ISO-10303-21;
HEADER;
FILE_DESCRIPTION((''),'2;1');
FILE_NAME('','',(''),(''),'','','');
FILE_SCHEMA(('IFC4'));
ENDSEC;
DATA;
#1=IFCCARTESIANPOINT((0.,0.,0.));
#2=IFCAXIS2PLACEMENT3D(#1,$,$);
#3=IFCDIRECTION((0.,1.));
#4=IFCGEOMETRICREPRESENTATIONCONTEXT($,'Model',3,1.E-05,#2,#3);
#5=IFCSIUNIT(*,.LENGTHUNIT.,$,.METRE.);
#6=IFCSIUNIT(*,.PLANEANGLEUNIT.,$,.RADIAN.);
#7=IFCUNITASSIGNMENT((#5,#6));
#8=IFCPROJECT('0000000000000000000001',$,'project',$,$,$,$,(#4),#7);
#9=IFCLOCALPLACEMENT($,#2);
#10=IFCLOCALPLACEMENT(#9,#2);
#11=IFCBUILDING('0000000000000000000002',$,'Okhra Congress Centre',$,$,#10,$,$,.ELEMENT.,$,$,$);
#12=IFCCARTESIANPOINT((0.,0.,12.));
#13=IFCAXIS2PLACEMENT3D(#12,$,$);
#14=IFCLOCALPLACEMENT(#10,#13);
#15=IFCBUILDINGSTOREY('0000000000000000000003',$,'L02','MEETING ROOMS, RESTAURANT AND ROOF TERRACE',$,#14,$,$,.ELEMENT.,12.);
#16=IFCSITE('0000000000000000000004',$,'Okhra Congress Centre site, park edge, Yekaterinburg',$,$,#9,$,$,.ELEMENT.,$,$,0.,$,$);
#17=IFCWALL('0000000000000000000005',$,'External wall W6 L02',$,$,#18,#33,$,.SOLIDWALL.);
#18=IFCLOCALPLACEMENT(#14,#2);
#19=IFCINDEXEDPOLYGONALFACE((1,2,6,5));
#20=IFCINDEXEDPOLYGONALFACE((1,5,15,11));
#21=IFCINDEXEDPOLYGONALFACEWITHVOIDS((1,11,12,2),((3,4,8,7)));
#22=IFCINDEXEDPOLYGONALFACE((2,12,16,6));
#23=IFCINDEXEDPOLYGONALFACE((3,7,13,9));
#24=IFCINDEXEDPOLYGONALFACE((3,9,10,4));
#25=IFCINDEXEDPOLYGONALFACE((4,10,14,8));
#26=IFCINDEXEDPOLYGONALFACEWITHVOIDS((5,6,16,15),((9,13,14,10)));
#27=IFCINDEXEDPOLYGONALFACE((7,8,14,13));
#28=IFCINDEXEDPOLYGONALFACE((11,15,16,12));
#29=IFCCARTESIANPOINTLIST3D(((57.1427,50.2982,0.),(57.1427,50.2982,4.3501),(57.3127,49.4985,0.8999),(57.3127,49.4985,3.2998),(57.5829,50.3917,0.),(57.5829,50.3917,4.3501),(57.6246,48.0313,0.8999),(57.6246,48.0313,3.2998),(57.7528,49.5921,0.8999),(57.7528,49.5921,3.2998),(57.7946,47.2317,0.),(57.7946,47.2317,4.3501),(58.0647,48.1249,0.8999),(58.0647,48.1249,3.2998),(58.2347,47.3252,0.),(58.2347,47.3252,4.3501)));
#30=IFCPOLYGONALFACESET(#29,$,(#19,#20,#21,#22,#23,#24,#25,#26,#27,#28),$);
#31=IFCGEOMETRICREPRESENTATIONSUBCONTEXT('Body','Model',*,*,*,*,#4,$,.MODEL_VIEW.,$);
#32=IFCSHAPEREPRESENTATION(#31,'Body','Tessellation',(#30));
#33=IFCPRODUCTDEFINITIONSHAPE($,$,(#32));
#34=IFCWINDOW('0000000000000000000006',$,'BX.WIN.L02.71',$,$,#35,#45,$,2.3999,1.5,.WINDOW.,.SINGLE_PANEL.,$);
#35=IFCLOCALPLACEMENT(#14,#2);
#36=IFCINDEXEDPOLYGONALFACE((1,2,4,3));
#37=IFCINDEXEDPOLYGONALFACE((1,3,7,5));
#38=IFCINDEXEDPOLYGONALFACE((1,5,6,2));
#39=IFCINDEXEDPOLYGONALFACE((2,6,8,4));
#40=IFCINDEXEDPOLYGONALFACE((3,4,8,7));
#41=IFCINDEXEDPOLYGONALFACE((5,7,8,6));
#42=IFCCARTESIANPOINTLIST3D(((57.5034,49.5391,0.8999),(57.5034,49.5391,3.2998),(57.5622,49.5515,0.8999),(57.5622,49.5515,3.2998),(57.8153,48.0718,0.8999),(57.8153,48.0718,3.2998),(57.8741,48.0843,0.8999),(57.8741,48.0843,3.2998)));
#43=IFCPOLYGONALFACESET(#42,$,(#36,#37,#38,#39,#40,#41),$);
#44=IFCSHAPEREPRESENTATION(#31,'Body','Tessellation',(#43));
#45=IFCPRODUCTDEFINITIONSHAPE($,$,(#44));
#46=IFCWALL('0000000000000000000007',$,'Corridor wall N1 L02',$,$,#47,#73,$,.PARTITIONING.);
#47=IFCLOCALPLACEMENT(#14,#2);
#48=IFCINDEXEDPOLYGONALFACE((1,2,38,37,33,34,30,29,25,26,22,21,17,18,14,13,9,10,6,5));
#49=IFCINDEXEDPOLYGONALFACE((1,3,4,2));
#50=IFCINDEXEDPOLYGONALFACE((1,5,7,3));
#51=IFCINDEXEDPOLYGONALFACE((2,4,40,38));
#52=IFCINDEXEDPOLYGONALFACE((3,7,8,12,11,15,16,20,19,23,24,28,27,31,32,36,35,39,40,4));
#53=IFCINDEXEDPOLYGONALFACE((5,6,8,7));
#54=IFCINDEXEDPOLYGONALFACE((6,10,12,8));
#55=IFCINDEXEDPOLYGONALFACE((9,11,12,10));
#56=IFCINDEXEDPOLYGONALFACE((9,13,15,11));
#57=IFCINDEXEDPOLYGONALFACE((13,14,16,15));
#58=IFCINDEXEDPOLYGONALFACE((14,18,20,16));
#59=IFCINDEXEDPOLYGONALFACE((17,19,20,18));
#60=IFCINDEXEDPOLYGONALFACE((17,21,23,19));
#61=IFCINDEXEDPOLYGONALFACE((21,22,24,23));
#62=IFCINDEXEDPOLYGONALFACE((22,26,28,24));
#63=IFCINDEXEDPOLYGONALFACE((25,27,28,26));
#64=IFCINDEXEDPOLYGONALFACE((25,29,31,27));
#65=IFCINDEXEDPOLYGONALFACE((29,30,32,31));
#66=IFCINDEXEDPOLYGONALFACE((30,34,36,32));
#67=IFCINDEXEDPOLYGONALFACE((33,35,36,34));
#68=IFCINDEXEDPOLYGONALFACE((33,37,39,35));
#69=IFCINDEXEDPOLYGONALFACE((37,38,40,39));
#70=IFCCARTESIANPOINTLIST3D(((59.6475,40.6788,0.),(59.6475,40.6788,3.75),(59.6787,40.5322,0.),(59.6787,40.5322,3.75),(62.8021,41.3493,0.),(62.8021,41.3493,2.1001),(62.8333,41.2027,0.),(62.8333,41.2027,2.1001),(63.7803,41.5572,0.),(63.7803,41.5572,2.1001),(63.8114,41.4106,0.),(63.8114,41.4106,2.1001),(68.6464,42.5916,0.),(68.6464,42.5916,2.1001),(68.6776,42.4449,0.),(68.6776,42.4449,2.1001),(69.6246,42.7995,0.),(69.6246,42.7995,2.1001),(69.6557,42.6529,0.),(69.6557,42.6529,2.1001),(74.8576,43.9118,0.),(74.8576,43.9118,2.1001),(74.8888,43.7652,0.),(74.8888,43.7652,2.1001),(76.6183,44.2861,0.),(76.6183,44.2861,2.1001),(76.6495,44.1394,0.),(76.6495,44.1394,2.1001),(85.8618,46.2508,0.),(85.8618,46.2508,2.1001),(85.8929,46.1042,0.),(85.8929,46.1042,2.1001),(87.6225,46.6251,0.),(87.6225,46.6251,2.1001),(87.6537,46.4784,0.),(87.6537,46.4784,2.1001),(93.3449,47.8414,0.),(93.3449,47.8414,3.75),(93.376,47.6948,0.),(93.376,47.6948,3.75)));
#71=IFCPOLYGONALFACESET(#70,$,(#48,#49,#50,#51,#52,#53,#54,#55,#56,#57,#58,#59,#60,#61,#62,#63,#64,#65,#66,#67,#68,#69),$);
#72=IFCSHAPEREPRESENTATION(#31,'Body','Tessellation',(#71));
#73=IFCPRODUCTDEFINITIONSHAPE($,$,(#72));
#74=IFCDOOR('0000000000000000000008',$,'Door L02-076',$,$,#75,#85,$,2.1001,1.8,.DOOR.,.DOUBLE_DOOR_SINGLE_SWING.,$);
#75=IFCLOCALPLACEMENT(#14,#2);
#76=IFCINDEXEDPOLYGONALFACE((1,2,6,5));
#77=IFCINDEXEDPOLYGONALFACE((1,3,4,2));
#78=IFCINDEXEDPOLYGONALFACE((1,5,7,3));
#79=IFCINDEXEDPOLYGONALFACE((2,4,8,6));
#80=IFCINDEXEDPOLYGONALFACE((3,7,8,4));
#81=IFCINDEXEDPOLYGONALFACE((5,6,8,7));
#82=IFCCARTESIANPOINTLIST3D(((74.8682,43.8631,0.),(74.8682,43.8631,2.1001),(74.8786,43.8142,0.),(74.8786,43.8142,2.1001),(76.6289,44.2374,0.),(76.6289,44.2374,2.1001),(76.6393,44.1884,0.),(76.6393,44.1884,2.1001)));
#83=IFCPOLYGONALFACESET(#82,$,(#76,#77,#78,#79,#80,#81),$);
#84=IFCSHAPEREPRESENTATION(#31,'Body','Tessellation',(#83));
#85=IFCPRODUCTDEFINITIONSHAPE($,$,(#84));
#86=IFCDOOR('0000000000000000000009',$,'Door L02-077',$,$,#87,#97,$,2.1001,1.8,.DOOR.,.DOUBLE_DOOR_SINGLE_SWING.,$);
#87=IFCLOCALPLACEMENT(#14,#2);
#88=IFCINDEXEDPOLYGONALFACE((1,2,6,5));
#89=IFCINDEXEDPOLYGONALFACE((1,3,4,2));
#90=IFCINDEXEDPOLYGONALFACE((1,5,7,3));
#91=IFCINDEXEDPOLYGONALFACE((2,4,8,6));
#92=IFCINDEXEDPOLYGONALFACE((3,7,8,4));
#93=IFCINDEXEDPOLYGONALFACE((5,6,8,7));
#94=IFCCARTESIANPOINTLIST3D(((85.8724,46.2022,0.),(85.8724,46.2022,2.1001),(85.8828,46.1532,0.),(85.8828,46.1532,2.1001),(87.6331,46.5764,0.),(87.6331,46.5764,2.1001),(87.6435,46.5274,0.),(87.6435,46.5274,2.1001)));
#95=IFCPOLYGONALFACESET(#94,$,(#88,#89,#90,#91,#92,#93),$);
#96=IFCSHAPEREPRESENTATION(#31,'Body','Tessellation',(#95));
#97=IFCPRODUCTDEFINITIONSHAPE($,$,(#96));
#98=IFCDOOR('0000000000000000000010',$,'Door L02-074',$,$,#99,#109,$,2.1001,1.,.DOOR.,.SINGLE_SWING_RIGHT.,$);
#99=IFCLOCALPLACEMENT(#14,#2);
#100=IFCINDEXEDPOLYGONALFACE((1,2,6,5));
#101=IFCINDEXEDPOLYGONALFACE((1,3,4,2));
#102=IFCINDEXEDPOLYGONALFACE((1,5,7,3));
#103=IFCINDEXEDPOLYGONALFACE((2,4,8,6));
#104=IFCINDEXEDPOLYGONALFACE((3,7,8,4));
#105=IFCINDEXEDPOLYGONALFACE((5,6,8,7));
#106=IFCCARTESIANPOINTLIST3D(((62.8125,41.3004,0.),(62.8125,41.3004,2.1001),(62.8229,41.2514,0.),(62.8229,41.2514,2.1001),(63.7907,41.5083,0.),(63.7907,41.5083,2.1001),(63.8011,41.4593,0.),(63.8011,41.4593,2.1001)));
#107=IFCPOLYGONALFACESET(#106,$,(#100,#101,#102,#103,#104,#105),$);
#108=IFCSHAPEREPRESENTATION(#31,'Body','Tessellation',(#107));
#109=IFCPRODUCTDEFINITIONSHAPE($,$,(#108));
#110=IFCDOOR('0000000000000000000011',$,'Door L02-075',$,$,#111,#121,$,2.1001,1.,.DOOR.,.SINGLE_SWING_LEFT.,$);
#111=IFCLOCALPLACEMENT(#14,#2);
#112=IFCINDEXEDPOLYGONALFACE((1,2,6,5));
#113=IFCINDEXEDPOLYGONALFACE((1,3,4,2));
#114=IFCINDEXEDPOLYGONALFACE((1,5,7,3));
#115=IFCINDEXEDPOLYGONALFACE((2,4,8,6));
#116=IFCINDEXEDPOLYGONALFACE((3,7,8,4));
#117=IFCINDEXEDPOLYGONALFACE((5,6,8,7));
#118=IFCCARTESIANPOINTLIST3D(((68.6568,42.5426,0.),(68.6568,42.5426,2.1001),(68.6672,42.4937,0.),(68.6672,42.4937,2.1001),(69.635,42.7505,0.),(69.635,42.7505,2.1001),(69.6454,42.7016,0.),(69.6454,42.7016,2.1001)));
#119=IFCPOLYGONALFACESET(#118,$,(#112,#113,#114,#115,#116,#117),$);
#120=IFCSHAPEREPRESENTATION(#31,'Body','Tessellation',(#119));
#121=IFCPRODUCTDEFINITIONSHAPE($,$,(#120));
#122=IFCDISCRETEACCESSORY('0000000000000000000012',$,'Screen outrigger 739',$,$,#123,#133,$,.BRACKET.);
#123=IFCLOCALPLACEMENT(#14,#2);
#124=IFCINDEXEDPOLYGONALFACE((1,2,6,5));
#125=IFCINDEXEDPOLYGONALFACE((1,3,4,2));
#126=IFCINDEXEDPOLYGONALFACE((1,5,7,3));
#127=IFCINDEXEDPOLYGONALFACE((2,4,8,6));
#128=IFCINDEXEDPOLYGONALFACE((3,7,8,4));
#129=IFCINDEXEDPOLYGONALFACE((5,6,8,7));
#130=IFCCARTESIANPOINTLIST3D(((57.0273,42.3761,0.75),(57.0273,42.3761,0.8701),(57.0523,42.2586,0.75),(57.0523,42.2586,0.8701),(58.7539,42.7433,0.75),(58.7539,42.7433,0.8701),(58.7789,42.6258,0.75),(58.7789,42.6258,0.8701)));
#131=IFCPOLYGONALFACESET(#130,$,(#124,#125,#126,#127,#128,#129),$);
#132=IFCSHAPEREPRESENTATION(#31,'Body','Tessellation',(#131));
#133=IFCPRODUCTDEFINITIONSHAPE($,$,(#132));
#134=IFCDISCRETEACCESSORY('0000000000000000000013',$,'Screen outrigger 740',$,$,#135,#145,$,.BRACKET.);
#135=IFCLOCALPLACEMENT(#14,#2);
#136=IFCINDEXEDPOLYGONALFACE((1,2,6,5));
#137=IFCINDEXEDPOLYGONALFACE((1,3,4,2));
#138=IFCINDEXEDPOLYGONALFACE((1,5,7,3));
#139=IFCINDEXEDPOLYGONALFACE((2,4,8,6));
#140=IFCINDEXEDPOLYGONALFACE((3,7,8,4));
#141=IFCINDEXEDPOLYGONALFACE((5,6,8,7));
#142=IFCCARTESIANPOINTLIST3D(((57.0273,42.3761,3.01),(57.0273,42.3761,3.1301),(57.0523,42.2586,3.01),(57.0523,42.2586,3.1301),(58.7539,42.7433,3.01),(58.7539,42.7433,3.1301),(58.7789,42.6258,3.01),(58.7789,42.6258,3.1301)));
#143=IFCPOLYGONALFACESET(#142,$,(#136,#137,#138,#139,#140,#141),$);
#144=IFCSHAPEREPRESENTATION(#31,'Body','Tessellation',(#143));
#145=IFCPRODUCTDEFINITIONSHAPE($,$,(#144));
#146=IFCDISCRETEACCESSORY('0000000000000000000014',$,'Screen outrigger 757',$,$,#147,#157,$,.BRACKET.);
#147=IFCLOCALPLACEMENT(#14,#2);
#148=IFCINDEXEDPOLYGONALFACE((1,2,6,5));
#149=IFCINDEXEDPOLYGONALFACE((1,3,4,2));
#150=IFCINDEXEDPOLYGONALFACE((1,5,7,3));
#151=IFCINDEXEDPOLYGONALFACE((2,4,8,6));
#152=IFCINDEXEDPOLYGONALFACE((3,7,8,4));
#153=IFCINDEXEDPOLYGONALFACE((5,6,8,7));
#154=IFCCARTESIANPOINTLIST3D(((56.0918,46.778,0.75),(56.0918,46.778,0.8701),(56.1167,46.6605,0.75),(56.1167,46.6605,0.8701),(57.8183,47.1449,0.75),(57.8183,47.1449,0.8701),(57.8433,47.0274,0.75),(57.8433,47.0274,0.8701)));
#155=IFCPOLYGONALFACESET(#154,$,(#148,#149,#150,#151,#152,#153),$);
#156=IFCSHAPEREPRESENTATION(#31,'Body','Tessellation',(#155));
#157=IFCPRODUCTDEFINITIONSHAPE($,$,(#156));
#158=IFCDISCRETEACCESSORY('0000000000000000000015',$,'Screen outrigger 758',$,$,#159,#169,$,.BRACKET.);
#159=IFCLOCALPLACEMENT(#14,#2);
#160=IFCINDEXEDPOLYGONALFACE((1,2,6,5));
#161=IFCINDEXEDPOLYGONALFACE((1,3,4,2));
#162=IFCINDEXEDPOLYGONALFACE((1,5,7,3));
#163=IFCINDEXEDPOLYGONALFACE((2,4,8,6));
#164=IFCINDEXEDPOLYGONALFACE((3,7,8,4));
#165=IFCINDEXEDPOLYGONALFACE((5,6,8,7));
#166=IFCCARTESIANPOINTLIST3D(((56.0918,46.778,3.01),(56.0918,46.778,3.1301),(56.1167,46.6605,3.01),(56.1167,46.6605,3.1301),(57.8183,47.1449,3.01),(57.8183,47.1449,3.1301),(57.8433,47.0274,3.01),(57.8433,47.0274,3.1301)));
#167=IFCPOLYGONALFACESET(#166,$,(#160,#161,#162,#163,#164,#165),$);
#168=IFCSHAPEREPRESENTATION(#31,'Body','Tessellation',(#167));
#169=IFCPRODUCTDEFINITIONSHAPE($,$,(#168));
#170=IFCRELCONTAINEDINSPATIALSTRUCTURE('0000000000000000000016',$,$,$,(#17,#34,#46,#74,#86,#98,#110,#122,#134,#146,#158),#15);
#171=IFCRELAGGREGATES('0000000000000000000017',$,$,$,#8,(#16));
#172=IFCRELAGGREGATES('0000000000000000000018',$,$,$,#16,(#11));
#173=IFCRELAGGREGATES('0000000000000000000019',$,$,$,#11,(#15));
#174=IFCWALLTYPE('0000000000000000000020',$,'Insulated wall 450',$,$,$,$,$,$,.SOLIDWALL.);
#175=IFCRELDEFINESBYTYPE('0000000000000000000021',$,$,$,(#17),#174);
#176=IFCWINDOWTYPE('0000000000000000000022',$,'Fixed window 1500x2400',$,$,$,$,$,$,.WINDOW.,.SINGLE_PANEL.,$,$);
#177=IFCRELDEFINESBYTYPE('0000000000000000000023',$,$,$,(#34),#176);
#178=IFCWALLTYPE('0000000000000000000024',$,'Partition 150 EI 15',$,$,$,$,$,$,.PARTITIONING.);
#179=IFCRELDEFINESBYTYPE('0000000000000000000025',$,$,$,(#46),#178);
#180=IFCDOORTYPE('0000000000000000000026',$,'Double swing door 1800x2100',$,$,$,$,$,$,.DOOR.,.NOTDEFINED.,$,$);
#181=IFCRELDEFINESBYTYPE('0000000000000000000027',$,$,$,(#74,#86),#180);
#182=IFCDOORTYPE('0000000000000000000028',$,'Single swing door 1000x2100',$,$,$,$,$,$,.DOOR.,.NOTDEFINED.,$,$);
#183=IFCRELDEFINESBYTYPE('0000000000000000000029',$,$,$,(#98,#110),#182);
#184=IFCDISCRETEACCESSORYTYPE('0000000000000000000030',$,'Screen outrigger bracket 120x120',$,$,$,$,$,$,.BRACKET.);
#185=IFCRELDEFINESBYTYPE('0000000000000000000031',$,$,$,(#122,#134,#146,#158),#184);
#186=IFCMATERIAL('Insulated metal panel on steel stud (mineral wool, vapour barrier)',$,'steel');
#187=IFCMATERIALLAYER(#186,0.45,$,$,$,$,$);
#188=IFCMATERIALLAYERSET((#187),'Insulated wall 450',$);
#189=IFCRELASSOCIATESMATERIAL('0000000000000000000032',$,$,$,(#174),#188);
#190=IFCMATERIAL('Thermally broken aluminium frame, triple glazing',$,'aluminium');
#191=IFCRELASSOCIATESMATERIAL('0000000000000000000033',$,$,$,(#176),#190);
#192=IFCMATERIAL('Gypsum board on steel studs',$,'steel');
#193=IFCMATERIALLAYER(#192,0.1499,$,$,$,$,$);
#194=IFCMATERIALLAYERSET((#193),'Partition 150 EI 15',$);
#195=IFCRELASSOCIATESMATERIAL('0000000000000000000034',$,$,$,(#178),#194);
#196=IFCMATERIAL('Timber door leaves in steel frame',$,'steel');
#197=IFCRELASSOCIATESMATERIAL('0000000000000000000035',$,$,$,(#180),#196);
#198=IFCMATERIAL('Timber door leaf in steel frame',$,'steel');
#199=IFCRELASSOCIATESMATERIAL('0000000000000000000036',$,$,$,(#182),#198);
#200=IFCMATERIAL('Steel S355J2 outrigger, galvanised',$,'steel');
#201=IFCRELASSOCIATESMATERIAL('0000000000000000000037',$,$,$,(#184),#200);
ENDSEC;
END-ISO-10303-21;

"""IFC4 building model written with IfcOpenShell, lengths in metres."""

from ifc_helpers import new_model, si_unit, direction, frame, frame_2d, origin, origin_2d, place, context, subcontext, project, spatial, rectangle, extrude, material, layer, layer_set, material_profile, profile_set, type_object, element, fill, save


model = new_model("IFC4")

# Units and contexts
model_context = context("Model", 3, precision=1e-05, world=origin(), true_north=direction((0.0, 1.0)))
body_context = subcontext(model_context, "Body", "Model", "MODEL_VIEW")
ifc_project = project(units=[si_unit("LENGTHUNIT", "METRE"), si_unit("PLANEANGLEUNIT", "RADIAN")], contexts=[model_context])

# Site, building, storey
site_placement = place(None, origin())
site = spatial("IfcSite", under=ifc_project, at=site_placement, Name="Okhra Congress Centre site, park edge, Yekaterinburg", CompositionType="ELEMENT", RefElevation=0.0)
building_placement = place(site_placement, origin())
building = spatial("IfcBuilding", under=site, at=building_placement, Name="Okhra Congress Centre", CompositionType="ELEMENT")
storey_placement = place(building_placement, frame((0.0, 0.0, 12.0)))
storey = spatial("IfcBuildingStorey", under=building, at=storey_placement, Name="L02", Description="MEETING ROOMS, RESTAURANT AND ROOF TERRACE", CompositionType="ELEMENT", Elevation=12.0)

# Wall, opening, window
ifc_material_1 = material(Name="Insulated metal panel on steel stud (mineral wool, vapour barrier)", Category="steel")
ifc_layer_1 = layer(ifc_material_1, 0.45)
ifc_layer_set_1 = layer_set([ifc_layer_1], Name="Insulated wall 450")
wall_type_1 = type_object("IfcWallType", Name="Insulated wall 450", PredefinedType="SOLIDWALL", material=ifc_layer_set_1)
ifc_material_2 = material(Name="Thermally broken aluminium frame, triple glazing", Category="aluminium")
wall_1_placement = place(storey_placement, frame((58.0146, 47.2786, 0.0), z_axis=(0.0, 0.0, 1.0), x_axis=(-0.207933, 0.978143, 0.0)))
wall_1 = element("IfcWall", 1, at=wall_1_placement, inside=storey, type_object=wall_type_1, Name="External wall W6 L02", PredefinedType="SOLIDWALL", context=body_context, shape_type="SweptSolid", body=[
    extrude(rectangle(XDim=3.135, YDim=0.45, at=frame_2d((1.5674, 0.0))), origin(), (0.0, 0.0, 1.0), 4.3501),
])
opening_1_placement = place(wall_1_placement, frame((0.8174, 0.0, 0.8999)))
opening_1 = element("IfcOpeningElement", 2, at=opening_1_placement, cuts=wall_1, PredefinedType="OPENING", context=body_context, shape_type="SweptSolid", body=[
    extrude(rectangle(XDim=1.5, YDim=2.3999, at=frame_2d((0.75, 1.2))), frame((0.0, 0.2349, 0.0), z_axis=(0.0, -1.0, 0.0), x_axis=(1.0, 0.0, 0.0)), (0.0, 0.0, 1.0), 0.47),
])
window_type_1 = type_object("IfcWindowType", Name="Fixed window 1500x2400", PartitioningType="SINGLE_PANEL", PredefinedType="WINDOW", material=ifc_material_2)
window_1_placement = place(opening_1_placement, origin())
window_1 = element("IfcWindow", 3, at=window_1_placement, inside=storey, type_object=window_type_1, Name="BX.WIN.L02.71", OverallHeight=2.3999, OverallWidth=1.5, PartitioningType="SINGLE_PANEL", PredefinedType="WINDOW", context=body_context, shape_type="SweptSolid", body=[
    extrude(rectangle(XDim=1.5, YDim=2.3999, at=frame_2d((0.75, 1.2))), frame((0.0, 0.03, 0.0), z_axis=(0.0, -1.0, 0.0), x_axis=(1.0, 0.0, 0.0)), (0.0, 0.0, 1.0), 0.0601),
])
fill(opening_1, window_1)

# Wall, openings, doors
ifc_material_3 = material(Name="Gypsum board on steel studs", Category="steel")
ifc_layer_2 = layer(ifc_material_3, 0.1499)
ifc_layer_set_2 = layer_set([ifc_layer_2], Name="Partition 150 EI 15")
wall_type_2 = type_object("IfcWallType", Name="Partition 150 EI 15", PredefinedType="PARTITIONING", material=ifc_layer_set_2)
wall_2_placement = place(storey_placement, frame((59.6631, 40.6055, 0.0), z_axis=(0.0, 0.0, 1.0), x_axis=(0.978147, 0.207912, 0.0)))
wall_2 = element("IfcWall", 4, at=wall_2_placement, inside=storey, type_object=wall_type_2, Name="Corridor wall N1 L02", PredefinedType="PARTITIONING", context=body_context, shape_type="SweptSolid", body=[
    extrude(rectangle(XDim=34.4502, YDim=0.1499, at=frame_2d((17.2251, 0.0))), origin(), (0.0, 0.0, 1.0), 3.75),
])
opening_2_placement = place(wall_2_placement, frame((3.2251, 0.0, 0.0)))
opening_2 = element("IfcOpeningElement", 5, at=opening_2_placement, cuts=wall_2, PredefinedType="OPENING", context=body_context, shape_type="SweptSolid", body=[
    extrude(rectangle(XDim=1.0, YDim=2.1001, at=frame_2d((0.5, 1.05))), frame((0.0, 0.085, 0.0), z_axis=(0.0, -1.0, 0.0), x_axis=(1.0, 0.0, 0.0)), (0.0, 0.0, 1.0), 0.1699),
])
opening_3_placement = place(wall_2_placement, frame((9.2, 0.0, 0.0)))
opening_3 = element("IfcOpeningElement", 6, at=opening_3_placement, cuts=wall_2, PredefinedType="OPENING", context=body_context, shape_type="SweptSolid", body=[
    extrude(rectangle(XDim=1.0, YDim=2.1001, at=frame_2d((0.5, 1.05))), frame((0.0, 0.085, 0.0), z_axis=(0.0, -1.0, 0.0), x_axis=(1.0, 0.0, 0.0)), (0.0, 0.0, 1.0), 0.1699),
])
opening_4_placement = place(wall_2_placement, frame((15.55, 0.0, 0.0)))
opening_4 = element("IfcOpeningElement", 7, at=opening_4_placement, cuts=wall_2, PredefinedType="OPENING", context=body_context, shape_type="SweptSolid", body=[
    extrude(rectangle(XDim=1.8, YDim=2.1001, at=frame_2d((0.8999, 1.05))), frame((0.0, 0.085, 0.0), z_axis=(0.0, -1.0, 0.0), x_axis=(1.0, 0.0, 0.0)), (0.0, 0.0, 1.0), 0.1699),
])
opening_5_placement = place(wall_2_placement, frame((26.8, 0.0, 0.0)))
opening_5 = element("IfcOpeningElement", 8, at=opening_5_placement, cuts=wall_2, PredefinedType="OPENING", context=body_context, shape_type="SweptSolid", body=[
    extrude(rectangle(XDim=1.8, YDim=2.1001, at=frame_2d((0.8999, 1.05))), frame((0.0, 0.085, 0.0), z_axis=(0.0, -1.0, 0.0), x_axis=(1.0, 0.0, 0.0)), (0.0, 0.0, 1.0), 0.1699),
])
ifc_material_4 = material(Name="Timber door leaves in steel frame", Category="steel")
door_type_1 = type_object("IfcDoorType", Name="Double swing door 1800x2100", OperationType="NOTDEFINED", PredefinedType="DOOR", material=ifc_material_4)
door_1_placement = place(opening_4_placement, frame((1.8, 0.0, 0.0), z_axis=(0.0, 0.0, 1.0), x_axis=(-1.0, 0.0, 0.0)))
door_1 = element("IfcDoor", 9, at=door_1_placement, inside=storey, type_object=door_type_1, Name="Door L02-076", OperationType="DOUBLE_DOOR_SINGLE_SWING", OverallHeight=2.1001, OverallWidth=1.8, PredefinedType="DOOR", context=body_context, shape_type="SweptSolid", body=[
    extrude(rectangle(XDim=1.8, YDim=2.1001, at=frame_2d((0.8999, 1.05))), frame((0.0, 0.0249, 0.0), z_axis=(0.0, -1.0, 0.0), x_axis=(1.0, 0.0, 0.0)), (0.0, 0.0, 1.0), 0.05),
])
fill(opening_4, door_1)
door_2_placement = place(opening_5_placement, frame((1.8, 0.0, 0.0), z_axis=(0.0, 0.0, 1.0), x_axis=(-1.0, 0.0, 0.0)))
door_2 = element("IfcDoor", 10, at=door_2_placement, inside=storey, type_object=door_type_1, Name="Door L02-077", OperationType="DOUBLE_DOOR_SINGLE_SWING", OverallHeight=2.1001, OverallWidth=1.8, PredefinedType="DOOR", context=body_context, shape_type="SweptSolid", body=[
    extrude(rectangle(XDim=1.8, YDim=2.1001, at=frame_2d((0.8999, 1.05))), frame((0.0, 0.0249, 0.0), z_axis=(0.0, -1.0, 0.0), x_axis=(1.0, 0.0, 0.0)), (0.0, 0.0, 1.0), 0.05),
])
fill(opening_5, door_2)
ifc_material_5 = material(Name="Timber door leaf in steel frame", Category="steel")
door_type_2 = type_object("IfcDoorType", Name="Single swing door 1000x2100", OperationType="NOTDEFINED", PredefinedType="DOOR", material=ifc_material_5)
door_3_placement = place(opening_2_placement, origin())
door_3 = element("IfcDoor", 11, at=door_3_placement, inside=storey, type_object=door_type_2, Name="Door L02-074", OperationType="SINGLE_SWING_RIGHT", OverallHeight=2.1001, OverallWidth=1.0, PredefinedType="DOOR", context=body_context, shape_type="SweptSolid", body=[
    extrude(rectangle(XDim=1.0, YDim=2.1001, at=frame_2d((0.5, 1.05))), frame((0.0, 0.0249, 0.0), z_axis=(0.0, -1.0, 0.0), x_axis=(1.0, 0.0, 0.0)), (0.0, 0.0, 1.0), 0.05),
])
fill(opening_2, door_3)
door_4_placement = place(opening_3_placement, origin())
door_4 = element("IfcDoor", 12, at=door_4_placement, inside=storey, type_object=door_type_2, Name="Door L02-075", OperationType="SINGLE_SWING_LEFT", OverallHeight=2.1001, OverallWidth=1.0, PredefinedType="DOOR", context=body_context, shape_type="SweptSolid", body=[
    extrude(rectangle(XDim=1.0, YDim=2.1001, at=frame_2d((0.5, 1.05))), frame((0.0, 0.0249, 0.0), z_axis=(0.0, -1.0, 0.0), x_axis=(1.0, 0.0, 0.0)), (0.0, 0.0, 1.0), 0.05),
])
fill(opening_3, door_4)

# Discrete accessories
ifc_material_6 = material(Name="Steel S355J2 outrigger, galvanised", Category="steel")
ifc_material_profile_1 = material_profile(ifc_material_6, rectangle(XDim=0.1201, YDim=0.1201, at=origin_2d()), Name="Screen outrigger bracket 120x120")
ifc_profile_set_1 = profile_set([ifc_material_profile_1], Name="Steel S355J2 outrigger, galvanised")
discrete_accessory_type = type_object("IfcDiscreteAccessoryType", Name="Screen outrigger bracket 120x120", PredefinedType="BRACKET", material=ifc_profile_set_1)
for number, where, z_axis, x_axis, name in (
    (13, (58.7664, 42.6846, 0.8101), (-0.978125, -0.208018, 0.0), (0.208018, -0.978125, 0.0), "Screen outrigger 739"),
    (14, (58.7664, 42.6846, 3.0701), (-0.978125, -0.208018, 0.0), (0.208018, -0.978125, 0.0), "Screen outrigger 740"),
    (15, (57.8308, 47.0862, 0.8101), (-0.978153, -0.207885, 0.0), (0.207885, -0.978153, 0.0), "Screen outrigger 757"),
    (16, (57.8308, 47.0862, 3.0701), (-0.978153, -0.207885, 0.0), (0.207885, -0.978153, 0.0), "Screen outrigger 758"),
):
    element("IfcDiscreteAccessory", number, at=place(storey_placement, frame(where, z_axis=z_axis, x_axis=x_axis)), inside=storey, type_object=discrete_accessory_type, Name=name, PredefinedType="BRACKET", context=body_context, shape_type="SweptSolid", body=[
        extrude(rectangle(XDim=0.1201, YDim=0.1201, at=origin_2d()), origin(), (0.0, 0.0, 1.0), 1.7651),
    ])

save(model, "model.ifc")
